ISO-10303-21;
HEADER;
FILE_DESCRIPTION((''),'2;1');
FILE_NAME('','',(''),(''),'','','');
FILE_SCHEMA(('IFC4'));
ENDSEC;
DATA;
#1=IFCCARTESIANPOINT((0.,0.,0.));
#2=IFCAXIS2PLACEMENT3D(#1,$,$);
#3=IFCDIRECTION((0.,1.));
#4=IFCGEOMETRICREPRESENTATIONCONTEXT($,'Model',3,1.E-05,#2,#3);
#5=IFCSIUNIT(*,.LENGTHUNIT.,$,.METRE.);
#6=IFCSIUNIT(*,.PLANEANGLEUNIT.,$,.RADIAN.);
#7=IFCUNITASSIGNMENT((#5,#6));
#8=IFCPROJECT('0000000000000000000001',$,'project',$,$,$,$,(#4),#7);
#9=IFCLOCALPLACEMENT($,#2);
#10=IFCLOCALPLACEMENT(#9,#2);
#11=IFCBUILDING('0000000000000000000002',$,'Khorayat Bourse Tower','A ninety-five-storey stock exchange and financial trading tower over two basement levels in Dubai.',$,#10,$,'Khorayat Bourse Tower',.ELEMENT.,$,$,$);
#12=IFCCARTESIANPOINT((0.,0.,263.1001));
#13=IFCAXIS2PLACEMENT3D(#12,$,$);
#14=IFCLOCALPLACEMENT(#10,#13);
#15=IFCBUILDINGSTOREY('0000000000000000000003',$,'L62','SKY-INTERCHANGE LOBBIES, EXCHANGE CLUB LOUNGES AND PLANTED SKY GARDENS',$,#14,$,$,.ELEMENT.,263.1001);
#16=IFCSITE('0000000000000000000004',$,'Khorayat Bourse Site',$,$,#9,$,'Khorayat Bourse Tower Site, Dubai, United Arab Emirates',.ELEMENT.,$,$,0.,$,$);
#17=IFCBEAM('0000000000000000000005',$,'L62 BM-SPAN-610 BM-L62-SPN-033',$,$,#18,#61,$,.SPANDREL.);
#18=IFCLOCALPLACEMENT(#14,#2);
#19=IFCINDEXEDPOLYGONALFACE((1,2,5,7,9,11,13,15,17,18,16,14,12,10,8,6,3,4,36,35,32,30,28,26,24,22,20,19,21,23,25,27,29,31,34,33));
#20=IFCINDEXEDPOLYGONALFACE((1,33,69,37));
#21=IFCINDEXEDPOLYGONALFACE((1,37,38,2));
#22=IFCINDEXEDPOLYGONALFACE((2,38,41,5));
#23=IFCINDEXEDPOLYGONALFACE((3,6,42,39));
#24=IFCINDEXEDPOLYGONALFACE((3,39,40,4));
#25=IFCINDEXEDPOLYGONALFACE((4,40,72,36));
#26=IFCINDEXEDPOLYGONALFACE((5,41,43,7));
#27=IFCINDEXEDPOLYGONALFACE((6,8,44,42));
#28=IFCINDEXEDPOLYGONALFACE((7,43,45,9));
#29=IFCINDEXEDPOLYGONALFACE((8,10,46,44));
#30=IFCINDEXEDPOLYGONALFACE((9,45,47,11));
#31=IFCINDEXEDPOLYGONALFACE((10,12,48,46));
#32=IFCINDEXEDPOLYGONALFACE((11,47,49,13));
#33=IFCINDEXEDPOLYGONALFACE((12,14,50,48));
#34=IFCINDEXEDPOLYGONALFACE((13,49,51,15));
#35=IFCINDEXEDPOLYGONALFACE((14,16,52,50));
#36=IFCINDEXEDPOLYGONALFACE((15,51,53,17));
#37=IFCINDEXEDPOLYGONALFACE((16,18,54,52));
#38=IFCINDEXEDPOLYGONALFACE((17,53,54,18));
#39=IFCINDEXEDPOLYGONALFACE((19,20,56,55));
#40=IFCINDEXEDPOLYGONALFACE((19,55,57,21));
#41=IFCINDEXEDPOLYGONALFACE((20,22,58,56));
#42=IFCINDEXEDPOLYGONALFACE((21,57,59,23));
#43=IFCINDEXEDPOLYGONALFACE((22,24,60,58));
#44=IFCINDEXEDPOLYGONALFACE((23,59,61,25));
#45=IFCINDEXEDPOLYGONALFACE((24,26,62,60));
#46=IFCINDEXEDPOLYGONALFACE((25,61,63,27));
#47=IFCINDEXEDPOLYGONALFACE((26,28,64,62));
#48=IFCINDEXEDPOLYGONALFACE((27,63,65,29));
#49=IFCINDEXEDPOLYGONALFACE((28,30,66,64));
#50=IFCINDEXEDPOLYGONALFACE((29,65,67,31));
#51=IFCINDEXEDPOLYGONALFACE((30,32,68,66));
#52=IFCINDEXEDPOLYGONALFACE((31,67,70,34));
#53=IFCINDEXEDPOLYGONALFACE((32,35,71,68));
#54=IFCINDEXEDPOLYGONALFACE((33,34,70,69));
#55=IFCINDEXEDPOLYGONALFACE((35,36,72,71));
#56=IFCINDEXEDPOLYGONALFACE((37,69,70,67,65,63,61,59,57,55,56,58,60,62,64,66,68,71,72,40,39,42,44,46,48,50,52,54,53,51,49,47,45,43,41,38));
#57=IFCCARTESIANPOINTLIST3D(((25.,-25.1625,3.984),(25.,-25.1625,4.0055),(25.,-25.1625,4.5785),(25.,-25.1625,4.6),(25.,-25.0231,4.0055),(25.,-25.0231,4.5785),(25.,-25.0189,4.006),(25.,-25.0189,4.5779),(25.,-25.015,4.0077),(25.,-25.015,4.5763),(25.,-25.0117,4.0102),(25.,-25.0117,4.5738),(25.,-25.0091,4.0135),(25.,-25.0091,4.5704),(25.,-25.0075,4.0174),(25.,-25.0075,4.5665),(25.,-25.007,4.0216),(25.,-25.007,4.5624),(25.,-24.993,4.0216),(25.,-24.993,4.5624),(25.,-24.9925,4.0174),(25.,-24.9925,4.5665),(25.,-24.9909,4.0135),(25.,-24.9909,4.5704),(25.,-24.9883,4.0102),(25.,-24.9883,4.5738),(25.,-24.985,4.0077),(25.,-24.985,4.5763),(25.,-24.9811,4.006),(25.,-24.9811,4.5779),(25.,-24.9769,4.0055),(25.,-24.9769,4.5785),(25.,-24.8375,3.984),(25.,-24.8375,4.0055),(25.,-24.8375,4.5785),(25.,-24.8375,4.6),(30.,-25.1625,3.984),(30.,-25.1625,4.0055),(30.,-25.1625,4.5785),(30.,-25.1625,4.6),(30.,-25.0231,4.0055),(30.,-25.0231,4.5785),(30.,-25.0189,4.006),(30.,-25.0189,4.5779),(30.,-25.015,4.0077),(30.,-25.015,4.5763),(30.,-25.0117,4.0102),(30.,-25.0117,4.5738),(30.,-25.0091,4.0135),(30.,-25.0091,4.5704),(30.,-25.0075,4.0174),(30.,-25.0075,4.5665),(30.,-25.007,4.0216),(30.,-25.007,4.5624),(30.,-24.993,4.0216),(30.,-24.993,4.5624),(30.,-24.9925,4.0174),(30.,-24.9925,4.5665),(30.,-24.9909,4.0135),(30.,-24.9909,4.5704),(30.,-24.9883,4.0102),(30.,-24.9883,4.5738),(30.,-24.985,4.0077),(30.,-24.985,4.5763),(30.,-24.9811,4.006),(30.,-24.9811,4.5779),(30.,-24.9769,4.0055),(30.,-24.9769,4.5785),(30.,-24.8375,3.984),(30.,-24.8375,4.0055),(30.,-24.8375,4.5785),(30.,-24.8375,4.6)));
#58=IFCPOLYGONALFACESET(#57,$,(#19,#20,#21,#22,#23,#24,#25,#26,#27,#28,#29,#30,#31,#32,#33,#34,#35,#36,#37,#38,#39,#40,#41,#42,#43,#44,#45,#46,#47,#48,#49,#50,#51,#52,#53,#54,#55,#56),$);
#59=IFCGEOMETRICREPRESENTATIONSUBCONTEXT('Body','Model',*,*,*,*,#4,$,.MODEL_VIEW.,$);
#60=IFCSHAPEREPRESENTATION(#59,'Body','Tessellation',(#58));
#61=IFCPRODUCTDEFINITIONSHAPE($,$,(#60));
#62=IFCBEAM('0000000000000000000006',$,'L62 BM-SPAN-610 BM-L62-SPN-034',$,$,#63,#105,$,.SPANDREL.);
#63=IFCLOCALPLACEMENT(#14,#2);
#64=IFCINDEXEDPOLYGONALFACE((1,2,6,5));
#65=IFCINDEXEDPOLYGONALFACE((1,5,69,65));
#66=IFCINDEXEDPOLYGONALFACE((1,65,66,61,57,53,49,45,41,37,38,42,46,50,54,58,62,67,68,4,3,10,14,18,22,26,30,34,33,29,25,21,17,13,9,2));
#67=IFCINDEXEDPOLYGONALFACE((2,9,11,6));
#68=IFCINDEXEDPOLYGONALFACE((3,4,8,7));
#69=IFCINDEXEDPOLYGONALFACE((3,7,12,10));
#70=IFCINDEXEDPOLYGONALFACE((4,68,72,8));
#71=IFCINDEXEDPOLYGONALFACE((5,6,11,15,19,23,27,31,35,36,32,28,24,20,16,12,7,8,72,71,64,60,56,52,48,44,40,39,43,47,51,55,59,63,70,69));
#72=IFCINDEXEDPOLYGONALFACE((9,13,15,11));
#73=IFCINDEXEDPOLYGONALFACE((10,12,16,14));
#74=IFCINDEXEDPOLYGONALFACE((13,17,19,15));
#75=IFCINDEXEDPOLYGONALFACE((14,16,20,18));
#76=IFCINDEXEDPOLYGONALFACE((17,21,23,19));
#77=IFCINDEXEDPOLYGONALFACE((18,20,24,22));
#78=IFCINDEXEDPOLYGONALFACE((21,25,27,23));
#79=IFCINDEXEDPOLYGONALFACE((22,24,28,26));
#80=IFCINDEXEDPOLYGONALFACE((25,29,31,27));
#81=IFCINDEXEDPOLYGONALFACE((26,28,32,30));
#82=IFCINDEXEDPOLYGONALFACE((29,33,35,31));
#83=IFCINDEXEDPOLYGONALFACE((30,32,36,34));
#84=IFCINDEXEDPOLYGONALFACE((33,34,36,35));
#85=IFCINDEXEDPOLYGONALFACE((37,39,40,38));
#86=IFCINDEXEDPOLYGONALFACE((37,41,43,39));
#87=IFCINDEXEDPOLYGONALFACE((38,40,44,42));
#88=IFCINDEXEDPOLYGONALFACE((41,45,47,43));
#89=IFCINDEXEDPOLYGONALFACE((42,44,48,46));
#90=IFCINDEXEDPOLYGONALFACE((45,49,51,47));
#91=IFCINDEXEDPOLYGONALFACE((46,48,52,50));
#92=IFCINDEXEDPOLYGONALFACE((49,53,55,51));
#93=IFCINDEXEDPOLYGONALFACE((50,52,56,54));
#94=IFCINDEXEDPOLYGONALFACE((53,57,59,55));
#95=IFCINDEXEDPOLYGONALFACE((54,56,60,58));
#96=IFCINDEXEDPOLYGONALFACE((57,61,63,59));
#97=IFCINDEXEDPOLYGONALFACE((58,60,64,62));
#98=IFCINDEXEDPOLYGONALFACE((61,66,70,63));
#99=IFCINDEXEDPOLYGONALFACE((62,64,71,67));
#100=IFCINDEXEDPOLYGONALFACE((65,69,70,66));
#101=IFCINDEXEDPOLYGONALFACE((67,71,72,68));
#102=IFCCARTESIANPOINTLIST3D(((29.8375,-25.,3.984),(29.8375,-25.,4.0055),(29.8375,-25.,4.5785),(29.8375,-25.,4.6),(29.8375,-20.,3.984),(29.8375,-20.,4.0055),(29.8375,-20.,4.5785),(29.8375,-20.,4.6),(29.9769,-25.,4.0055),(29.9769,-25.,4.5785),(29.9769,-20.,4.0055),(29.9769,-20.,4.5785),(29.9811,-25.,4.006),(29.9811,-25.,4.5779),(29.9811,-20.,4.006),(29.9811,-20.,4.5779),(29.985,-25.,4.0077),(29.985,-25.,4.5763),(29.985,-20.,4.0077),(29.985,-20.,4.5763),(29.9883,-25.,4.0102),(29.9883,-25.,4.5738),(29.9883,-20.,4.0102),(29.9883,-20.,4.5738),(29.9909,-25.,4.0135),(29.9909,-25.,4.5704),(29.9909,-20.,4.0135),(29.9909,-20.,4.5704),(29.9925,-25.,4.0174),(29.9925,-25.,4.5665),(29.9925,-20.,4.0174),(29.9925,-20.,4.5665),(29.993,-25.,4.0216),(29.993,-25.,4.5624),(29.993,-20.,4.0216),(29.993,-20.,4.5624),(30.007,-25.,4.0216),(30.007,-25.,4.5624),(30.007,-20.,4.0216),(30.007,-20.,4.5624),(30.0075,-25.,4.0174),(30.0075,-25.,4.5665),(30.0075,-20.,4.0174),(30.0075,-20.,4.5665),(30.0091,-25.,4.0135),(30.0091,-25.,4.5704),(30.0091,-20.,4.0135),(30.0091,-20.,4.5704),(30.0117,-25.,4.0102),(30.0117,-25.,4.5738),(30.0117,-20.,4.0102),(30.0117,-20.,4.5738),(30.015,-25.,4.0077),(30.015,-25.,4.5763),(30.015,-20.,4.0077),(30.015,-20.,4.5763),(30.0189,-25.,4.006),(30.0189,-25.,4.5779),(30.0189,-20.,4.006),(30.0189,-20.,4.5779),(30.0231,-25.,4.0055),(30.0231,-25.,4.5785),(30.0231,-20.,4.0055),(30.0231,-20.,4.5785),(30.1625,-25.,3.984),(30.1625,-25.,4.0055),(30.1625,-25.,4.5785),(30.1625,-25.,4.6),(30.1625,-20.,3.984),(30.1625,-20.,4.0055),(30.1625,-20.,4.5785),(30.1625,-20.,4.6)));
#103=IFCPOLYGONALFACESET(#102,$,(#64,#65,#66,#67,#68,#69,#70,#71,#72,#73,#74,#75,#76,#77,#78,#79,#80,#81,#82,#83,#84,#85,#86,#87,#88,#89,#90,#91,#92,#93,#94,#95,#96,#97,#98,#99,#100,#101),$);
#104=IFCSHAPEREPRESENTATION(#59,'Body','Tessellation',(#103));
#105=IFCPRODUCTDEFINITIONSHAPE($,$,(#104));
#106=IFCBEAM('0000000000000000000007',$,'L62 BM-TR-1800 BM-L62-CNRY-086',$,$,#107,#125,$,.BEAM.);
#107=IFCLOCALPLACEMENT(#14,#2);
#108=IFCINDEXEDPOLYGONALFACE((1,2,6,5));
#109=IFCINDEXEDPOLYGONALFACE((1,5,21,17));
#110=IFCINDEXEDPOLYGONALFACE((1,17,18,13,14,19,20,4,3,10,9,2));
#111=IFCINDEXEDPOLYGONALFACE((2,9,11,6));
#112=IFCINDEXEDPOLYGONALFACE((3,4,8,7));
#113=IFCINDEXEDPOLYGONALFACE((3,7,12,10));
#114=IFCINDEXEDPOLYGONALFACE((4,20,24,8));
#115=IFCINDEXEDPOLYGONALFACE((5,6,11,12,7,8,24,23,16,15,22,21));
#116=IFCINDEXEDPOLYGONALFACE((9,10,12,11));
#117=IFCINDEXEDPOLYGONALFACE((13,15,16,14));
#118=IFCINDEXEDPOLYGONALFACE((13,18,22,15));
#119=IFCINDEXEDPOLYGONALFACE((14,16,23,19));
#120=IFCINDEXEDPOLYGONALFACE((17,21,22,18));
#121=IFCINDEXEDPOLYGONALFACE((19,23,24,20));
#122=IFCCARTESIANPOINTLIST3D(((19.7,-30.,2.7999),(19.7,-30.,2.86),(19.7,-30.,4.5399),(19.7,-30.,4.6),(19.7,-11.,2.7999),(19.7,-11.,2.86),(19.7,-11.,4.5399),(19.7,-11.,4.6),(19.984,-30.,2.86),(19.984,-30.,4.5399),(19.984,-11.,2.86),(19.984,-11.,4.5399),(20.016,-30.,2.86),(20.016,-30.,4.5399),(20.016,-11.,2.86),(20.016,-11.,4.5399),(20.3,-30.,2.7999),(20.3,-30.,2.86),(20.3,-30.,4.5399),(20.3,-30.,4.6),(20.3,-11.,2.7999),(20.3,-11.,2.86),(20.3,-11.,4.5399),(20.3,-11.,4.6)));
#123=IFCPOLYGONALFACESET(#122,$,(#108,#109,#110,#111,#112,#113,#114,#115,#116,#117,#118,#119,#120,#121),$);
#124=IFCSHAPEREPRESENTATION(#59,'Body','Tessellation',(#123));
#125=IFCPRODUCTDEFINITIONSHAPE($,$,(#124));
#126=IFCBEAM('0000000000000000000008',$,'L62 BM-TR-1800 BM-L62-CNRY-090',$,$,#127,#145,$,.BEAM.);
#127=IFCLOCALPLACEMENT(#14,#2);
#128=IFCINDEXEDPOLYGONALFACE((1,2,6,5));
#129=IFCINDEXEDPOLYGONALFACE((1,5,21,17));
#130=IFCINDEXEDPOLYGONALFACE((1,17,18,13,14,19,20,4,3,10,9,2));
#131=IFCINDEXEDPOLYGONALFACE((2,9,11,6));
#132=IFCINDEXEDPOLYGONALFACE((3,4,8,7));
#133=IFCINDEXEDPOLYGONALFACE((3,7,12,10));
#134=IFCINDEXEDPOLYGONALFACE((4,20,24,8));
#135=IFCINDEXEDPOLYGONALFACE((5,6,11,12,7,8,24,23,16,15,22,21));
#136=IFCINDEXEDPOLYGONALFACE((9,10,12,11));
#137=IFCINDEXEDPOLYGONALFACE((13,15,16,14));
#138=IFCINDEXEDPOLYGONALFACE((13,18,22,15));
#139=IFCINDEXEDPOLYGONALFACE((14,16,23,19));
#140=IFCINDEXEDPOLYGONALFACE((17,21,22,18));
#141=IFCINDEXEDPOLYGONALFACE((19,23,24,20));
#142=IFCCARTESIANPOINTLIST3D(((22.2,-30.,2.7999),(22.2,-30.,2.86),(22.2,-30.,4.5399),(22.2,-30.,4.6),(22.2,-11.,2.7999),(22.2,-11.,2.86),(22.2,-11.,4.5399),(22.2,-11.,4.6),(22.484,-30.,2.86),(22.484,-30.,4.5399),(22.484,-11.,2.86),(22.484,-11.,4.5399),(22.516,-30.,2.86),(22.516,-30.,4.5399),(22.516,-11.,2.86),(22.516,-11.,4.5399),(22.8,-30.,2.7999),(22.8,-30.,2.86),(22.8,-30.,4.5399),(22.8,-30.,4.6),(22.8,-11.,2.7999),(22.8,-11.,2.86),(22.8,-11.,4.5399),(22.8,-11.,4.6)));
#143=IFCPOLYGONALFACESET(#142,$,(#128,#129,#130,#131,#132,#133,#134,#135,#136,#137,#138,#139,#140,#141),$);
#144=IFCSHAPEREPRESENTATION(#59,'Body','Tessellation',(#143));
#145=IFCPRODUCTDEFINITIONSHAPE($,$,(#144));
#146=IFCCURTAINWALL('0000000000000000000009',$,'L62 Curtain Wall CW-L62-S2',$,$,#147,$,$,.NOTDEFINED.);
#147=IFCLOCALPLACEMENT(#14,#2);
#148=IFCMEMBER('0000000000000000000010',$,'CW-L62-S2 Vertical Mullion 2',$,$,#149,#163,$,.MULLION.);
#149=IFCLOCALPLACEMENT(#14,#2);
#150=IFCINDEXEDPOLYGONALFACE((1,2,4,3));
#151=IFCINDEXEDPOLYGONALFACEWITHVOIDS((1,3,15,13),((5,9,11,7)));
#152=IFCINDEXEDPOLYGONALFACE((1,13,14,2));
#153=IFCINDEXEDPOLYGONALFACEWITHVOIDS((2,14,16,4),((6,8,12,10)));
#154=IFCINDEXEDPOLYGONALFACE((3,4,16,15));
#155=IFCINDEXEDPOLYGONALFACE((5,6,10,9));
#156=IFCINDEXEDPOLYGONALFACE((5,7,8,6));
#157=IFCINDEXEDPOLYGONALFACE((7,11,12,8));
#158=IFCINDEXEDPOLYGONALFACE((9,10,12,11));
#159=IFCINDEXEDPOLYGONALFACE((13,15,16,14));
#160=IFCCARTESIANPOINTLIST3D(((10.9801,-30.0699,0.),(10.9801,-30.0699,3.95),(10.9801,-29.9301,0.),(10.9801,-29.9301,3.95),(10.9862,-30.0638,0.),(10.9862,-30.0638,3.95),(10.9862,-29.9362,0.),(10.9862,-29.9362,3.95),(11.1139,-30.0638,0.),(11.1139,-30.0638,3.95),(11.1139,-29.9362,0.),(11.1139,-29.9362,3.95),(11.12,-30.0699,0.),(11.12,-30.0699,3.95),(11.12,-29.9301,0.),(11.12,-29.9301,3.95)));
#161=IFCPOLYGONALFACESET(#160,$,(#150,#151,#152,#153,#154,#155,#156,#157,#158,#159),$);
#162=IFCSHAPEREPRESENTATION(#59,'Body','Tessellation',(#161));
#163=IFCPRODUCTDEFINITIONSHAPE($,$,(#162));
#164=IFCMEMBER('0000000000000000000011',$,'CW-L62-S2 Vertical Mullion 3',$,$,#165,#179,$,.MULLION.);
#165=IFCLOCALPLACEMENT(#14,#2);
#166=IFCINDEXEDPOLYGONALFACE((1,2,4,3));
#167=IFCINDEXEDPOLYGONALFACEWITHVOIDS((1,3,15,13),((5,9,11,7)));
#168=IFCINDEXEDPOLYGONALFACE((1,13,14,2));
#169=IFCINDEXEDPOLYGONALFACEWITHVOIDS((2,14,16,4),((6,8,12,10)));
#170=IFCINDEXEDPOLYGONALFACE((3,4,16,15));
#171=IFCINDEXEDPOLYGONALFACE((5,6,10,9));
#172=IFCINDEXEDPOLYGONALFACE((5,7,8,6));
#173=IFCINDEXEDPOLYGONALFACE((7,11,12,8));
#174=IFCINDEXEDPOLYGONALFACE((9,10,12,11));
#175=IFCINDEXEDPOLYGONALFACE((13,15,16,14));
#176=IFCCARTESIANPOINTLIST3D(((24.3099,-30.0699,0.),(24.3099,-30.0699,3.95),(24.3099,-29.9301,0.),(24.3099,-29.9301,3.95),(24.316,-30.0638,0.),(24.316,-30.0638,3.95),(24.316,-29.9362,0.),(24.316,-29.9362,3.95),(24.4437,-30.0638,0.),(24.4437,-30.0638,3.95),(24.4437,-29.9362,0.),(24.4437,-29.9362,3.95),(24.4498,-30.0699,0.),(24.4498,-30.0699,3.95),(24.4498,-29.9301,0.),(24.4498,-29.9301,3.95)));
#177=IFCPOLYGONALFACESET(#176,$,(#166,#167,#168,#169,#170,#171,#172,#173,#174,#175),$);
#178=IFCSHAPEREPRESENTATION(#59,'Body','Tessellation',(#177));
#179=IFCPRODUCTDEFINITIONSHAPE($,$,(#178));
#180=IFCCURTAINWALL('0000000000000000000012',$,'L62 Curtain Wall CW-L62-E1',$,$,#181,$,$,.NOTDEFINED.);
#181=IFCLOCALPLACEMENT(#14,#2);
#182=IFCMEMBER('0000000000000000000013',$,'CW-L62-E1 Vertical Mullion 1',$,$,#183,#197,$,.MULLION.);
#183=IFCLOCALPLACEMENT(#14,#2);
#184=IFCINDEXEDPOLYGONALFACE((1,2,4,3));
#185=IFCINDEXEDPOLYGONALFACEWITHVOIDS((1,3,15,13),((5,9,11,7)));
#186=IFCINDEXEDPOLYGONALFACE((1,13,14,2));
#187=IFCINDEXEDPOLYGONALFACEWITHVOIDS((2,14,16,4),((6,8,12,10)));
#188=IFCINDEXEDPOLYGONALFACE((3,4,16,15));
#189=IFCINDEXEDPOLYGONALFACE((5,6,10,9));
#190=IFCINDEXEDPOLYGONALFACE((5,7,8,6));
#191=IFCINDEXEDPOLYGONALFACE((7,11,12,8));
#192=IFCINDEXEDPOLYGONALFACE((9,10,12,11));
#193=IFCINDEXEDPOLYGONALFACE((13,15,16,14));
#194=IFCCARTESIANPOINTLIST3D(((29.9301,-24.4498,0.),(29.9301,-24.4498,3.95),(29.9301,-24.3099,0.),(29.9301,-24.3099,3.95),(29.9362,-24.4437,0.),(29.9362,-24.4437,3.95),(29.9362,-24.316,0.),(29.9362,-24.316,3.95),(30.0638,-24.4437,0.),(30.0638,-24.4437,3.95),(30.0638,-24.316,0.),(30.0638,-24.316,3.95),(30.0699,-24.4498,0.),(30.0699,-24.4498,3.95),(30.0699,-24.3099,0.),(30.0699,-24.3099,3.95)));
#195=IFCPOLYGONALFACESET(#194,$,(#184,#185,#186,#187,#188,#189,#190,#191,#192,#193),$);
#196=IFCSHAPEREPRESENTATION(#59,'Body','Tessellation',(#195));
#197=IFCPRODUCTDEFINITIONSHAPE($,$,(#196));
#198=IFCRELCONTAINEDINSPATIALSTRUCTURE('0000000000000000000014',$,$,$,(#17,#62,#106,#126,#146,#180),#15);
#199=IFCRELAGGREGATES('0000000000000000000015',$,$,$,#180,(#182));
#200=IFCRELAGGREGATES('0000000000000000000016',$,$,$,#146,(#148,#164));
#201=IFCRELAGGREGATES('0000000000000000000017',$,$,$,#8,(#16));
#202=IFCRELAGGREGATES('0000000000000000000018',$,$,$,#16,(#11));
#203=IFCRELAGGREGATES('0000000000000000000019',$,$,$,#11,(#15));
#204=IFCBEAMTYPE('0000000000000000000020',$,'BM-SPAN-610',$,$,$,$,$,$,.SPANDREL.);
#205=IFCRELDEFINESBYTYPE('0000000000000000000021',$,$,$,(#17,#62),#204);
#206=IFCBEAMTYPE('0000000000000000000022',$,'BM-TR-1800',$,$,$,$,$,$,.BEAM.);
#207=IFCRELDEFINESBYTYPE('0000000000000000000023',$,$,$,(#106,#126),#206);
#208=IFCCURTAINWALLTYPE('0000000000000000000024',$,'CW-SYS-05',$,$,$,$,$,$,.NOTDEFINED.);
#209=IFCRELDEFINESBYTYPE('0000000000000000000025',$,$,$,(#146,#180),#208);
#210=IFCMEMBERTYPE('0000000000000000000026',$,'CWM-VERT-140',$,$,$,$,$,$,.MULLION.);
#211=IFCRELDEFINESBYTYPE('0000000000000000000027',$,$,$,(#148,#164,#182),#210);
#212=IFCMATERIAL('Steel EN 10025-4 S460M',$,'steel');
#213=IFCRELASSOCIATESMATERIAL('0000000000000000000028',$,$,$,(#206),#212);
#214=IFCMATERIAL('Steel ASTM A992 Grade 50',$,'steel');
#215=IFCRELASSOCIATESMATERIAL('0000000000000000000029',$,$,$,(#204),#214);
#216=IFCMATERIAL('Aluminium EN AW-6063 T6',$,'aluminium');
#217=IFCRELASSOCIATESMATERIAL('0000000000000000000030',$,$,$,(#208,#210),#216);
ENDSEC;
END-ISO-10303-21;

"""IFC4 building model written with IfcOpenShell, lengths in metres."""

from ifc_helpers import new_model, si_unit, direction, frame, origin, origin_2d, place, context, subcontext, project, spatial, hollow_rectangle, i_section, extrude, source, transform, mapped, material, material_profile, profile_set, type_object, element, aggregate, save


model = new_model("IFC4")

# Units and contexts
model_context = context("Model", 3, precision=1e-05, world=origin(), true_north=direction((0.0, 1.0)))
body_context = subcontext(model_context, "Body", "Model", "MODEL_VIEW")
ifc_project = project(units=[si_unit("LENGTHUNIT", "METRE"), si_unit("PLANEANGLEUNIT", "RADIAN")], contexts=[model_context])

# Site, building, storey
site_placement = place(None, origin())
site = spatial("IfcSite", under=ifc_project, at=site_placement, Name="Khorayat Bourse Site", LongName="Khorayat Bourse Tower Site, Dubai, United Arab Emirates", CompositionType="ELEMENT", RefElevation=0.0)
building_placement = place(site_placement, origin())
building = spatial("IfcBuilding", under=site, at=building_placement, Name="Khorayat Bourse Tower", Description="A ninety-five-storey stock exchange and financial trading tower over two basement levels in Dubai.", LongName="Khorayat Bourse Tower", CompositionType="ELEMENT")
storey_placement = place(building_placement, frame((0.0, 0.0, 263.1001)))
storey = spatial("IfcBuildingStorey", under=building, at=storey_placement, Name="L62", Description="SKY-INTERCHANGE LOBBIES, EXCHANGE CLUB LOUNGES AND PLANTED SKY GARDENS", CompositionType="ELEMENT", Elevation=263.1001)

# Shared definitions
ifc_material_1 = material(Name="Steel EN 10025-4 S460M", Category="steel")

# Beams
ifc_material_profile_1 = material_profile(ifc_material_1, i_section(OverallWidth=0.6001, OverallDepth=1.8, WebThickness=0.032, FlangeThickness=0.0601, at=origin_2d()), Name="PG 1800x600x32x60")
ifc_profile_set_1 = profile_set([ifc_material_profile_1], Name="Steel EN 10025-4 S460M")
beam_type_1 = type_object("IfcBeamType", Name="BM-TR-1800", PredefinedType="BEAM", material=ifc_profile_set_1)
ifc_material_2 = material(Name="Steel ASTM A992 Grade 50", Category="steel")
ifc_material_profile_2 = material_profile(ifc_material_2, i_section(OverallWidth=0.325, OverallDepth=0.616, WebThickness=0.0139, FlangeThickness=0.0215, FilletRadius=0.0161, at=origin_2d()), Name="W610X174")
ifc_profile_set_2 = profile_set([ifc_material_profile_2], Name="Steel ASTM A992 Grade 50")
beam_type_2 = type_object("IfcBeamType", Name="BM-SPAN-610", PredefinedType="SPANDREL", material=ifc_profile_set_2)
shared_shape_1 = source(origin(), body_context, "Body", "SweptSolid", [
    extrude(i_section(OverallWidth=0.325, OverallDepth=0.616, WebThickness=0.0139, FlangeThickness=0.0215, FilletRadius=0.0161, at=origin_2d()), origin(), (0.0, 0.0, 1.0), 5.0),
])
for number, where, z_axis, x_axis, name in (
    (1, (25.0, -25.0, 4.292), (1.0, 0.0, 0.0), (0.0, 1.0, 0.0), "L62 BM-SPAN-610 BM-L62-SPN-033"),
    (2, (30.0, -25.0, 4.292), (0.0, 1.0, 0.0), (-1.0, 0.0, 0.0), "L62 BM-SPAN-610 BM-L62-SPN-034"),
):
    element("IfcBeam", number, at=place(storey_placement, frame(where, z_axis=z_axis, x_axis=x_axis)), inside=storey, type_object=beam_type_2, Name=name, PredefinedType="SPANDREL", context=body_context, shape_type="MappedRepresentation", body=[
        mapped(shared_shape_1, transform((0.0, 0.0, 0.0), scale=1.0)),
    ])
shared_shape_2 = source(origin(), body_context, "Body", "SweptSolid", [
    extrude(i_section(OverallWidth=0.6001, OverallDepth=1.8, WebThickness=0.032, FlangeThickness=0.0601, at=origin_2d()), origin(), (0.0, 0.0, 1.0), 19.0),
])
for number, where, z_axis, x_axis, name in (
    (3, (20.0, -30.0, 3.7), (0.0, 1.0, 0.0), (-1.0, 0.0, 0.0), "L62 BM-TR-1800 BM-L62-CNRY-086"),
    (4, (22.5, -30.0, 3.7), (0.0, 1.0, 0.0), (-1.0, 0.0, 0.0), "L62 BM-TR-1800 BM-L62-CNRY-090"),
):
    element("IfcBeam", number, at=place(storey_placement, frame(where, z_axis=z_axis, x_axis=x_axis)), inside=storey, type_object=beam_type_1, Name=name, PredefinedType="BEAM", context=body_context, shape_type="MappedRepresentation", body=[
        mapped(shared_shape_2, transform((0.0, 0.0, 0.0), scale=1.0)),
    ])

# Curtain wall, members
ifc_material_3 = material(Name="Aluminium EN AW-6063 T6", Category="aluminium")
curtain_wall_type = type_object("IfcCurtainWallType", Name="CW-SYS-05", PredefinedType="NOTDEFINED", material=ifc_material_3)
curtain_wall_1_placement = place(storey_placement, origin())
curtain_wall_1 = element("IfcCurtainWall", 5, at=curtain_wall_1_placement, inside=storey, type_object=curtain_wall_type, Name="L62 Curtain Wall CW-L62-S2", PredefinedType="NOTDEFINED")
ifc_material_profile_3 = material_profile(ifc_material_3, hollow_rectangle(XDim=0.1399, YDim=0.1399, WallThickness=0.0061, at=origin_2d()), Name="ALU 140x140x6")
ifc_profile_set_3 = profile_set([ifc_material_profile_3], Name="Aluminium EN AW-6063 T6")
member_type_1 = type_object("IfcMemberType", Name="CWM-VERT-140", PredefinedType="MULLION", material=ifc_profile_set_3)
shared_shape_3 = source(origin(), body_context, "Body", "SweptSolid", [
    extrude(hollow_rectangle(XDim=0.1399, YDim=0.1399, WallThickness=0.0061, at=origin_2d()), origin(), (0.0, 0.0, 1.0), 3.95),
])
member_1_placement = place(storey_placement, frame((11.05, -30.0, 0.0), z_axis=(0.0, 0.0, 1.0), x_axis=(0.0, 1.0, 0.0)))
member_1 = element("IfcMember", 6, at=member_1_placement, type_object=member_type_1, Name="CW-L62-S2 Vertical Mullion 2", PredefinedType="MULLION", context=body_context, shape_type="MappedRepresentation", body=[
    mapped(shared_shape_3, transform((0.0, 0.0, 0.0), scale=1.0)),
])
member_2_placement = place(storey_placement, frame((24.3799, -30.0, 0.0), z_axis=(0.0, 0.0, 1.0), x_axis=(0.0, 1.0, 0.0)))
member_2 = element("IfcMember", 7, at=member_2_placement, type_object=member_type_1, Name="CW-L62-S2 Vertical Mullion 3", PredefinedType="MULLION", context=body_context, shape_type="MappedRepresentation", body=[
    mapped(shared_shape_3, transform((0.0, 0.0, 0.0), scale=1.0)),
])

# Curtain wall, member
curtain_wall_2_placement = place(storey_placement, origin())
curtain_wall_2 = element("IfcCurtainWall", 8, at=curtain_wall_2_placement, inside=storey, type_object=curtain_wall_type, Name="L62 Curtain Wall CW-L62-E1", PredefinedType="NOTDEFINED")
member_3_placement = place(storey_placement, frame((30.0, -24.3799, 0.0), z_axis=(0.0, 0.0, 1.0), x_axis=(-1.0, 0.0, 0.0)))
member_3 = element("IfcMember", 9, at=member_3_placement, type_object=member_type_1, Name="CW-L62-E1 Vertical Mullion 1", PredefinedType="MULLION", context=body_context, shape_type="MappedRepresentation", body=[
    mapped(shared_shape_3, transform((0.0, 0.0, 0.0), scale=1.0)),
])

aggregate(curtain_wall_2, [member_3])

aggregate(curtain_wall_1, [member_1, member_2])

save(model, "model.ifc")
